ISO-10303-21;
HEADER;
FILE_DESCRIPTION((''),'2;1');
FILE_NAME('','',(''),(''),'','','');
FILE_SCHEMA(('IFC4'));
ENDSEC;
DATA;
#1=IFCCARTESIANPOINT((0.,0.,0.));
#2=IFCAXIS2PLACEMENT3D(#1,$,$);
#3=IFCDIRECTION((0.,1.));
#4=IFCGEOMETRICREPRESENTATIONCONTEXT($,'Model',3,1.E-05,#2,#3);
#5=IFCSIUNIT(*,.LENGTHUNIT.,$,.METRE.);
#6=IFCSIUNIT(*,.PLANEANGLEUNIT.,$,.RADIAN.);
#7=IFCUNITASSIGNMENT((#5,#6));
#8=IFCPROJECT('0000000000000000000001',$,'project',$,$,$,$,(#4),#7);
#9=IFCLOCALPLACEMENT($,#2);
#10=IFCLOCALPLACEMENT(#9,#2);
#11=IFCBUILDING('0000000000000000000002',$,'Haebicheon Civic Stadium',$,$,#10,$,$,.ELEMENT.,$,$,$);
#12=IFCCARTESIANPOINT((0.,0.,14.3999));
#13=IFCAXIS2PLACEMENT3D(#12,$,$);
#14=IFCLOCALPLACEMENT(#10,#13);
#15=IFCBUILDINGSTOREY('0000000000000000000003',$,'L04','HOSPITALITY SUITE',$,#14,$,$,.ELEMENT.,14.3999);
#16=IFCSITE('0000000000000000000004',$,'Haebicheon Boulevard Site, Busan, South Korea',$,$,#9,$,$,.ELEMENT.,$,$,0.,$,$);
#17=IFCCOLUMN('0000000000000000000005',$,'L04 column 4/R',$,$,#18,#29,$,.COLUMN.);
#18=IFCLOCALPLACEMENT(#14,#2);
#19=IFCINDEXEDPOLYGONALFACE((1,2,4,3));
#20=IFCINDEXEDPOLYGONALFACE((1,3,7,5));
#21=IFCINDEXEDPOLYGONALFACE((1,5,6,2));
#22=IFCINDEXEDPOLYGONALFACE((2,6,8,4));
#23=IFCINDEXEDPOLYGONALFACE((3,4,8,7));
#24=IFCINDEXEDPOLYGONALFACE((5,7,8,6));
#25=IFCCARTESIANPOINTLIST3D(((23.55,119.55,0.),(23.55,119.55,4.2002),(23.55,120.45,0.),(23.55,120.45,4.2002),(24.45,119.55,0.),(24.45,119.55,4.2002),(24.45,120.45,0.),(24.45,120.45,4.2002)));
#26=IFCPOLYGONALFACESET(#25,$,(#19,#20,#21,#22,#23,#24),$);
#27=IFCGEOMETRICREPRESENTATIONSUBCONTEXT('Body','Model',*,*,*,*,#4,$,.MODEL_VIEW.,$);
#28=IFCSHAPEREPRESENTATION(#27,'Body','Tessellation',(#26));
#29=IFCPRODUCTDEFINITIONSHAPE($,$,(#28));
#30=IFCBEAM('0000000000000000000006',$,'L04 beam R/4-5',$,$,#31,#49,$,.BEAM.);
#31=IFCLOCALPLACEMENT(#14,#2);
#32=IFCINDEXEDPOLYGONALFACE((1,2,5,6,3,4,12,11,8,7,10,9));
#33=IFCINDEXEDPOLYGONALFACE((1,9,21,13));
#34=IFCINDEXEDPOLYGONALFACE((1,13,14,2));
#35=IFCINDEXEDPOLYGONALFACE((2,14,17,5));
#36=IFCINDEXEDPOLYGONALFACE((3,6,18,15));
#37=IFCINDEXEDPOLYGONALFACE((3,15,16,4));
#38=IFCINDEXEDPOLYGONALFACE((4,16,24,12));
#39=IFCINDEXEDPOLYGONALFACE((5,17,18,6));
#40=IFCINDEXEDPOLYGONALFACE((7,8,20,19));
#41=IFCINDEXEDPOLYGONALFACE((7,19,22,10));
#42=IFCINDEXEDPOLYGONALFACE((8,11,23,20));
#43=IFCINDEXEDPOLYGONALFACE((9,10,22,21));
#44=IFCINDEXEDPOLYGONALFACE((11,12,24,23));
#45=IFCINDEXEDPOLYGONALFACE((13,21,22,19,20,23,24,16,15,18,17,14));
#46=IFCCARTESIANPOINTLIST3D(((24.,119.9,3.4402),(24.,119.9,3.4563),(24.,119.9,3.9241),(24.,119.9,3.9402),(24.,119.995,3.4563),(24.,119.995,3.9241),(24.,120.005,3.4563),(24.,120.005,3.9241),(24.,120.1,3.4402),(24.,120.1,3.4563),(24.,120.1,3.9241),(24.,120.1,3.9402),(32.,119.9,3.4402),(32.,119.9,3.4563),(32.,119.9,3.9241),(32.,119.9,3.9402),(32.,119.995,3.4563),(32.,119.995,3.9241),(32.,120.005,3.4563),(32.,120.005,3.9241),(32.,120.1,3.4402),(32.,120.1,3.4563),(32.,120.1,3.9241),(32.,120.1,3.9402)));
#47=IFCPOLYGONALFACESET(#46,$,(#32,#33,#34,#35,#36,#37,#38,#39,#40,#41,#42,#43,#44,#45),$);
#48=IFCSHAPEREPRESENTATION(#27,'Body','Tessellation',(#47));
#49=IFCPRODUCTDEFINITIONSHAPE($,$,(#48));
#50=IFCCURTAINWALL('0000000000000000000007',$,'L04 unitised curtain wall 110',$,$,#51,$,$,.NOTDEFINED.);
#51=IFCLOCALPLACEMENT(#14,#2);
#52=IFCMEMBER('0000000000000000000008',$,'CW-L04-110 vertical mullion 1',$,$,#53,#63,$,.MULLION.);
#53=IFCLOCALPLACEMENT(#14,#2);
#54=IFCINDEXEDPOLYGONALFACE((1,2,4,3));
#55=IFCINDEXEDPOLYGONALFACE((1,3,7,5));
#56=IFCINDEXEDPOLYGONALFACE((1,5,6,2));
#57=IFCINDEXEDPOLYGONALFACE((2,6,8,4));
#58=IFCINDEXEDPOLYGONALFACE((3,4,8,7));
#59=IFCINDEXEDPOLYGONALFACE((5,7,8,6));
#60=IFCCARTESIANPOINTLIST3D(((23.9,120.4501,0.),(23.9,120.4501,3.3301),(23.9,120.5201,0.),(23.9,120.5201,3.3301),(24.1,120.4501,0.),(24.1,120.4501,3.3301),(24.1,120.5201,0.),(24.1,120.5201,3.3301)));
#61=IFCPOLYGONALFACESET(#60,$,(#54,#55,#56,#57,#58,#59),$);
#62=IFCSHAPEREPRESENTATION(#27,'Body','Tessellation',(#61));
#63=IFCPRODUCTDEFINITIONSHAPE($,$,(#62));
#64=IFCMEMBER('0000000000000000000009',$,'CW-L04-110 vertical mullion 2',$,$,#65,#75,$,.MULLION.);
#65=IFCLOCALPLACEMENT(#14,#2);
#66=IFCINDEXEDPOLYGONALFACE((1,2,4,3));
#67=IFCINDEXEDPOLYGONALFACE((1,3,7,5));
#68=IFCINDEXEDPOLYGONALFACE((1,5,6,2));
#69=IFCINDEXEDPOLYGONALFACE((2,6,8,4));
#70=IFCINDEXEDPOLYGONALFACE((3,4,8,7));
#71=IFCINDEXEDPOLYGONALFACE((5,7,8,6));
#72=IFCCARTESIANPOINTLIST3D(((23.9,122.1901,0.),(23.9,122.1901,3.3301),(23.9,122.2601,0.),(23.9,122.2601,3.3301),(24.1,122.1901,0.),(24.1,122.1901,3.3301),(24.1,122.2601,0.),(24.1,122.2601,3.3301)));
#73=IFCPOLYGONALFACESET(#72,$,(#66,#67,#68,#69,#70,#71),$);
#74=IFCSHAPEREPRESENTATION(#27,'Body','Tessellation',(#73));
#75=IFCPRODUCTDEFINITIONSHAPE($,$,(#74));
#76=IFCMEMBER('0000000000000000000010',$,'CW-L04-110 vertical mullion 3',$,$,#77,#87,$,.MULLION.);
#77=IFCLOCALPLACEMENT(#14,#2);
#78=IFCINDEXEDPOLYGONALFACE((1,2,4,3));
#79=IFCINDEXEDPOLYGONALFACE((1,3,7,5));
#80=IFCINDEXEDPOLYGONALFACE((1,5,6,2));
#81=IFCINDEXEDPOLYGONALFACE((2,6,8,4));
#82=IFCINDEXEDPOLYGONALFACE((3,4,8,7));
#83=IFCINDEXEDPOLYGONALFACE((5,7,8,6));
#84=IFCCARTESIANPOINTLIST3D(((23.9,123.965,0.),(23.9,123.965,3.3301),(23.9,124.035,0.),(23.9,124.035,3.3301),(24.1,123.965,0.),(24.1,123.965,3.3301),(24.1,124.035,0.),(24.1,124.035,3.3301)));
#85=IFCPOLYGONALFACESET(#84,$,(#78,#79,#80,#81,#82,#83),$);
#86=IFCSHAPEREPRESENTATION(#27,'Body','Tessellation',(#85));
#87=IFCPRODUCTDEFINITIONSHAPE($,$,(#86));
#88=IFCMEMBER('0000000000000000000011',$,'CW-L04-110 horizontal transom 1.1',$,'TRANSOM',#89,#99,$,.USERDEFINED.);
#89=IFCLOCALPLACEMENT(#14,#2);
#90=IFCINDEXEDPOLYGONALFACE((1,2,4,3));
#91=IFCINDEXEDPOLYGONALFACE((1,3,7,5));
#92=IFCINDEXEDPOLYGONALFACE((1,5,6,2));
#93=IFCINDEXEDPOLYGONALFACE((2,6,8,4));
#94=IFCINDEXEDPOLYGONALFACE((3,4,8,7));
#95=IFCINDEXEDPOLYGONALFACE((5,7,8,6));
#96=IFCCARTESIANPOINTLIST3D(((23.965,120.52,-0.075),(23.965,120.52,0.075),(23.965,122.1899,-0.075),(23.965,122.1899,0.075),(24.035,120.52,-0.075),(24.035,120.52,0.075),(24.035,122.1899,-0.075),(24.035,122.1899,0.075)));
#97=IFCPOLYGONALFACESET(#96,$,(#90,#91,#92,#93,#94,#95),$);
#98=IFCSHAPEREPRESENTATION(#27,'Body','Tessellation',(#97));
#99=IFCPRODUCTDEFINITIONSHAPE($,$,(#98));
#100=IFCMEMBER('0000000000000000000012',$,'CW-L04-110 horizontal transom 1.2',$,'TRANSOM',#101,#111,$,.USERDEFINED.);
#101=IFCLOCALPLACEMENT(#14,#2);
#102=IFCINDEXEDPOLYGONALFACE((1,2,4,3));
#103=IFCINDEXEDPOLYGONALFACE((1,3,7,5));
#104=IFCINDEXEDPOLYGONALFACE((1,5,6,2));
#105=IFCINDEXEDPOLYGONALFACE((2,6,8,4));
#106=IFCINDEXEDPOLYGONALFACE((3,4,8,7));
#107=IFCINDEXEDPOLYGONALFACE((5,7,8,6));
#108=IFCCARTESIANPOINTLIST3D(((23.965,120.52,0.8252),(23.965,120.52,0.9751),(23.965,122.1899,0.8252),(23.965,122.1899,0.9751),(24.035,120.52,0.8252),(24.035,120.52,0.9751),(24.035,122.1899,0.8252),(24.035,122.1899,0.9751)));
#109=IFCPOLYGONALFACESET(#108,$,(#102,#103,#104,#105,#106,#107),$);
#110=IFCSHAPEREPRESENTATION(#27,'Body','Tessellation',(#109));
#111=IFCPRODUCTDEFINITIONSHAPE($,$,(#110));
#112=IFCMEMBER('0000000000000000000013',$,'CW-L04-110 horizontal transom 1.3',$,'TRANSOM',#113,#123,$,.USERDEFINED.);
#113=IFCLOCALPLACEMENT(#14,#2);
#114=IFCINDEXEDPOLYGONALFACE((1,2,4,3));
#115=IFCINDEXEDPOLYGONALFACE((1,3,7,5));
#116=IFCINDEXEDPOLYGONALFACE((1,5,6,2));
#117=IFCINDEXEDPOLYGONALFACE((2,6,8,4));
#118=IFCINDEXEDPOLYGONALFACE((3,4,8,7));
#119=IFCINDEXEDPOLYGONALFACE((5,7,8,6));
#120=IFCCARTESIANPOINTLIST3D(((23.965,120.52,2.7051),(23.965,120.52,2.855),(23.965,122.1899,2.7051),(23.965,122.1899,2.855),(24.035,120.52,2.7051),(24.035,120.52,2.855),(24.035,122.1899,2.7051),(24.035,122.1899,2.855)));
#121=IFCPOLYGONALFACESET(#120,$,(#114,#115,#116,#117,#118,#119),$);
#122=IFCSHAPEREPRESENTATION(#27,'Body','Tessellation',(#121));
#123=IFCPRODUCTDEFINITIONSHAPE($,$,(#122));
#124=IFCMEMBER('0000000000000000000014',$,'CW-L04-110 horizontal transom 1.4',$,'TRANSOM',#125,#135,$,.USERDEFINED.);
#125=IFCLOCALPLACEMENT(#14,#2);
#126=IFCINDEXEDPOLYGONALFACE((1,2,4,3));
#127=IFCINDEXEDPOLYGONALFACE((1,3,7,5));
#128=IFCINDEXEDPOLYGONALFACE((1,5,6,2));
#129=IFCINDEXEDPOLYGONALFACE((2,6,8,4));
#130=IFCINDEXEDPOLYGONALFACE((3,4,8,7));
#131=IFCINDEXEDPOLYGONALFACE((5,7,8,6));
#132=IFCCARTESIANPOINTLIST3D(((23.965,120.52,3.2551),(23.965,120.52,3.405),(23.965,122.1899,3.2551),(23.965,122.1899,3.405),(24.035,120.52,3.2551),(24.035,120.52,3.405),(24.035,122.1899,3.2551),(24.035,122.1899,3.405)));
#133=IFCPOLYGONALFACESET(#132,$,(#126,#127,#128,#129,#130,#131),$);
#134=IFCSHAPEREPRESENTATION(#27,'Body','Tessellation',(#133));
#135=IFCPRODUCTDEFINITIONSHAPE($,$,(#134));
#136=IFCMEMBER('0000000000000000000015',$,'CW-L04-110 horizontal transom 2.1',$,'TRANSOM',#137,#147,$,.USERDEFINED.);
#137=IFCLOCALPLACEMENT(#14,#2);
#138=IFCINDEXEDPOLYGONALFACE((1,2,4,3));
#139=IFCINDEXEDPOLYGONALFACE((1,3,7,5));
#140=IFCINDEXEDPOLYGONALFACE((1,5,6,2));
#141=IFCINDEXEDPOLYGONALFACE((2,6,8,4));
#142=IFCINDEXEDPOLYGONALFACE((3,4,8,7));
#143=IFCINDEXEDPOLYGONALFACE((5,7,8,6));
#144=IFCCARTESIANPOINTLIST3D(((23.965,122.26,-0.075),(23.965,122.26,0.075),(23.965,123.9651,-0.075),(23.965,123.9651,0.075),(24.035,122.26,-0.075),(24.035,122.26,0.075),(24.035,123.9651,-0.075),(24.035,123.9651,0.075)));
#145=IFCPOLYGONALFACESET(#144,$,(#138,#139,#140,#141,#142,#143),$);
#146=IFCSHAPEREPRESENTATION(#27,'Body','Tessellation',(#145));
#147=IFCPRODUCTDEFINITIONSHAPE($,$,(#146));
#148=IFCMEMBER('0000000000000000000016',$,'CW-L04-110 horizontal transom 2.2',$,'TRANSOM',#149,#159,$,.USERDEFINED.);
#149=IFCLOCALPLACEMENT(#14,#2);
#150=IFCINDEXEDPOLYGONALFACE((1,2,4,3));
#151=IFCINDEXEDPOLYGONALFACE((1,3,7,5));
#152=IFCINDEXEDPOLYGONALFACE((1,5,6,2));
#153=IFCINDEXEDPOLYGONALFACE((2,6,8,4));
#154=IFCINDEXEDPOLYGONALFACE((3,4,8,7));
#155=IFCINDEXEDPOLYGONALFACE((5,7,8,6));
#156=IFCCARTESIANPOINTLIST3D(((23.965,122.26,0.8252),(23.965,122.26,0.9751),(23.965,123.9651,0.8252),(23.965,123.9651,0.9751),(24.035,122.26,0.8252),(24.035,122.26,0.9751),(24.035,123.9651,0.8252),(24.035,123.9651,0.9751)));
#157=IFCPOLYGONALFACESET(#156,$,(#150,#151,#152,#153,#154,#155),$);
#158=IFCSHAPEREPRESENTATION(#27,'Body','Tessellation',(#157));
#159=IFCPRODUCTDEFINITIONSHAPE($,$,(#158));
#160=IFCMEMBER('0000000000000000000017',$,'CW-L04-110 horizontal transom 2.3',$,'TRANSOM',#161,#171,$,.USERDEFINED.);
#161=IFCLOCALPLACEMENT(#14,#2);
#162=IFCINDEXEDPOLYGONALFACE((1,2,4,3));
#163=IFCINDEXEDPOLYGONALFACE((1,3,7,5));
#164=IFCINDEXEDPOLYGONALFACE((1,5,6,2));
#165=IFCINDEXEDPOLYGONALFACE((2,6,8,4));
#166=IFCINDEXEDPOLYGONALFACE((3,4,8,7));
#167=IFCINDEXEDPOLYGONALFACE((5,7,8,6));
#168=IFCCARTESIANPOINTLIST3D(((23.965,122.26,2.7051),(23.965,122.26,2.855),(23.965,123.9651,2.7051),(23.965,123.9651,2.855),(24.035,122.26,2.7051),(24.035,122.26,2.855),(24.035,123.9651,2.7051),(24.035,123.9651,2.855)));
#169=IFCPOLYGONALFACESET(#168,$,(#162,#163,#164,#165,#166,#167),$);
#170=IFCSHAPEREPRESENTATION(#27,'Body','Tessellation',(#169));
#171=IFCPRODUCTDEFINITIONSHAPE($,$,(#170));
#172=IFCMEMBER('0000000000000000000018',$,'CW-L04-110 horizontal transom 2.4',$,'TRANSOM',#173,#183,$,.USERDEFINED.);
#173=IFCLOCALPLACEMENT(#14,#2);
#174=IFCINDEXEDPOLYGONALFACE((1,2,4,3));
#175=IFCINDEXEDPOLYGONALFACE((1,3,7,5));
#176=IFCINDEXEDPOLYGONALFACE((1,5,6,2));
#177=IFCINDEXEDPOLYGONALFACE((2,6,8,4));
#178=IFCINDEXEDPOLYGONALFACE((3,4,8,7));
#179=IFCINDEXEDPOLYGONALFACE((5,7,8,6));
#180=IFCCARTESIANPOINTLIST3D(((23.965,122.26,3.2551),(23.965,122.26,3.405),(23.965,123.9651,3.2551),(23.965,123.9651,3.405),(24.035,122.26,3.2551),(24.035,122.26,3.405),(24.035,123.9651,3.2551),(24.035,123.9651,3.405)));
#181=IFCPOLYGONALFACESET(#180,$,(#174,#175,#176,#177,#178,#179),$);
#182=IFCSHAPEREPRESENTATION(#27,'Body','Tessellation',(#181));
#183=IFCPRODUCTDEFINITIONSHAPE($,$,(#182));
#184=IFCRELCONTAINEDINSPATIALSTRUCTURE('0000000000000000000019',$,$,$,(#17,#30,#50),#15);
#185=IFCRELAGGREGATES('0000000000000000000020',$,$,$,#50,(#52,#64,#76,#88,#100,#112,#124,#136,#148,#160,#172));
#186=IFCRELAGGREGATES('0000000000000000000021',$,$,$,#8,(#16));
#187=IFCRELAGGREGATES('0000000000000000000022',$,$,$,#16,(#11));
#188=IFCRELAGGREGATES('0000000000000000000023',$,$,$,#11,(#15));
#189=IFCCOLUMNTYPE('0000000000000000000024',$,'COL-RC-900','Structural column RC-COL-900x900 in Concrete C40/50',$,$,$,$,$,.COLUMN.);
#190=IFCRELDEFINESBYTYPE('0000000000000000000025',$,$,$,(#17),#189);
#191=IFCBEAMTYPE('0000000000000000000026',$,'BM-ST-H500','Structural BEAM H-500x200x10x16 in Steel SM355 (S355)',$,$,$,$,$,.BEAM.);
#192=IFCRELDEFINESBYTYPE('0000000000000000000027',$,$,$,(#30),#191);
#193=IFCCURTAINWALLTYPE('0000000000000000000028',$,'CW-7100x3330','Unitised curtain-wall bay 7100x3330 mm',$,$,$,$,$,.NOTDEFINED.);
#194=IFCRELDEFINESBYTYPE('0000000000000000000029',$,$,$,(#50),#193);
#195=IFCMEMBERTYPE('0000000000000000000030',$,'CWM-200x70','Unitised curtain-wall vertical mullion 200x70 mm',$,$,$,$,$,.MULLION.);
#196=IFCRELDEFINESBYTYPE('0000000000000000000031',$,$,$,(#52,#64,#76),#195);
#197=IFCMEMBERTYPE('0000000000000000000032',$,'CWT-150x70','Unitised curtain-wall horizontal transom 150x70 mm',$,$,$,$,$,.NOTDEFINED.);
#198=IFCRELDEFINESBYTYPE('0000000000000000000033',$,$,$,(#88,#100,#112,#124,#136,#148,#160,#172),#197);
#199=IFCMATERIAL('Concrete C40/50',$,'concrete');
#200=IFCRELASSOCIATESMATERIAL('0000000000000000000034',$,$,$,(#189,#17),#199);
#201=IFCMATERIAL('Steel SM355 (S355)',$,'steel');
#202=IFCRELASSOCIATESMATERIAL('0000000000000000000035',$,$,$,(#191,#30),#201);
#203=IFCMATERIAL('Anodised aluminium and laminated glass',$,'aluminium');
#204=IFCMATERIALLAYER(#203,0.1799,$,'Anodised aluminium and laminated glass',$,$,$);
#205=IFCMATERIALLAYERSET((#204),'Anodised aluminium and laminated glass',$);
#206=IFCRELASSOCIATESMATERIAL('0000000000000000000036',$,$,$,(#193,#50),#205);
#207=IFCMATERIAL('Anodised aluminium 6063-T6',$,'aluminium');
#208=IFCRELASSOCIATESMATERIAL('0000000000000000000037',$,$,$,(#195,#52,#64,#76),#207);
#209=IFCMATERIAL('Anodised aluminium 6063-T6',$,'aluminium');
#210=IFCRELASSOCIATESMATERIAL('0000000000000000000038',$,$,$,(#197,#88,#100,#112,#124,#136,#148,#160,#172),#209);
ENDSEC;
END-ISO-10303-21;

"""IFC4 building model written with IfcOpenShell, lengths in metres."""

from ifc_helpers import new_model, si_unit, direction, frame, origin, origin_2d, place, context, subcontext, project, spatial, rectangle, i_section, extrude, material, layer, layer_set, material_profile, profile_set, type_object, element, aggregate, save


model = new_model("IFC4")

# Units and contexts
model_context = context("Model", 3, precision=1e-05, world=origin(), true_north=direction((0.0, 1.0)))
body_context = subcontext(model_context, "Body", "Model", "MODEL_VIEW")
ifc_project = project(units=[si_unit("LENGTHUNIT", "METRE"), si_unit("PLANEANGLEUNIT", "RADIAN")], contexts=[model_context])

# Site, building, storey
site_placement = place(None, origin())
site = spatial("IfcSite", under=ifc_project, at=site_placement, Name="Haebicheon Boulevard Site, Busan, South Korea", CompositionType="ELEMENT", RefElevation=0.0)
building_placement = place(site_placement, origin())
building = spatial("IfcBuilding", under=site, at=building_placement, Name="Haebicheon Civic Stadium", CompositionType="ELEMENT")
storey_placement = place(building_placement, frame((0.0, 0.0, 14.3999)))
storey = spatial("IfcBuildingStorey", under=building, at=storey_placement, Name="L04", Description="HOSPITALITY SUITE", CompositionType="ELEMENT", Elevation=14.3999)

# Column
ifc_material_1 = material(Name="Concrete C40/50", Category="concrete")
ifc_material_profile_1 = material_profile(ifc_material_1, rectangle(XDim=0.8999, YDim=0.8999, at=origin_2d()), Name="RC-COL-900x900")
ifc_profile_set_1 = profile_set([ifc_material_profile_1], Name="Concrete C40/50")
column_type = type_object("IfcColumnType", Name="COL-RC-900", Description="Structural column RC-COL-900x900 in Concrete C40/50", PredefinedType="COLUMN", material=ifc_profile_set_1)
column_placement = place(storey_placement, frame((24.0, 120.0, 0.0), z_axis=(0.0, 0.0, 1.0), x_axis=(1.0, 0.0, 0.0)))
element("IfcColumn", 1, at=column_placement, inside=storey, type_object=column_type, material=ifc_profile_set_1, Name="L04 column 4/R", PredefinedType="COLUMN", context=body_context, shape_type="SweptSolid", body=[
    extrude(rectangle(XDim=0.8999, YDim=0.8999, at=origin_2d()), origin(), (0.0, 0.0, 1.0), 4.2002),
])

# Beam
ifc_material_2 = material(Name="Steel SM355 (S355)", Category="steel")
ifc_material_profile_2 = material_profile(ifc_material_2, i_section(OverallWidth=0.2, OverallDepth=0.5, WebThickness=0.01, FlangeThickness=0.0161, at=origin_2d()), Name="H-500x200x10x16")
ifc_profile_set_2 = profile_set([ifc_material_profile_2], Name="Steel SM355 (S355)")
beam_type_1 = type_object("IfcBeamType", Name="BM-ST-H500", Description="Structural BEAM H-500x200x10x16 in Steel SM355 (S355)", PredefinedType="BEAM", material=ifc_profile_set_2)
beam_1_placement = place(storey_placement, frame((24.0, 120.0, 3.6902), z_axis=(1.0, 0.0, 0.0), x_axis=(0.0, 1.0, 0.0)))
element("IfcBeam", 2, at=beam_1_placement, inside=storey, type_object=beam_type_1, material=ifc_profile_set_2, Name="L04 beam R/4-5", PredefinedType="BEAM", context=body_context, shape_type="SweptSolid", body=[
    extrude(i_section(OverallWidth=0.2, OverallDepth=0.5, WebThickness=0.01, FlangeThickness=0.0161, at=origin_2d()), origin(), (0.0, 0.0, 1.0), 8.0),
])

# Curtain wall, members
ifc_material_3 = material(Name="Anodised aluminium and laminated glass", Category="aluminium")
ifc_layer_1 = layer(ifc_material_3, 0.1799, Name="Anodised aluminium and laminated glass")
ifc_layer_set_1 = layer_set([ifc_layer_1], Name="Anodised aluminium and laminated glass")
curtain_wall_type = type_object("IfcCurtainWallType", Name="CW-7100x3330", Description="Unitised curtain-wall bay 7100x3330 mm", PredefinedType="NOTDEFINED", material=ifc_layer_set_1)
curtain_wall_placement = place(storey_placement, origin())
curtain_wall = element("IfcCurtainWall", 3, at=curtain_wall_placement, inside=storey, type_object=curtain_wall_type, material=ifc_layer_set_1, Name="L04 unitised curtain wall 110", PredefinedType="NOTDEFINED")
ifc_material_4 = material(Name="Anodised aluminium 6063-T6", Category="aluminium")
ifc_material_profile_3 = material_profile(ifc_material_4, rectangle(XDim=0.0701, YDim=0.2, at=origin_2d()), Name="ALU-MULL-70x200")
ifc_profile_set_3 = profile_set([ifc_material_profile_3], Name="Anodised aluminium 6063-T6")
member_type_1 = type_object("IfcMemberType", Name="CWM-200x70", Description="Unitised curtain-wall vertical mullion 200x70 mm", PredefinedType="MULLION", material=ifc_profile_set_3)
member_1_placement = place(storey_placement, frame((24.0, 120.4851, 0.0), z_axis=(0.0, 0.0, 1.0), x_axis=(0.0, 1.0, 0.0)))
member_1 = element("IfcMember", 4, at=member_1_placement, type_object=member_type_1, material=ifc_profile_set_3, Name="CW-L04-110 vertical mullion 1", PredefinedType="MULLION", context=body_context, shape_type="SweptSolid", body=[
    extrude(rectangle(XDim=0.0701, YDim=0.2, at=origin_2d()), origin(), (0.0, 0.0, 1.0), 3.3301),
])
member_2_placement = place(storey_placement, frame((24.0, 122.2251, 0.0), z_axis=(0.0, 0.0, 1.0), x_axis=(0.0, 1.0, 0.0)))
member_2 = element("IfcMember", 5, at=member_2_placement, type_object=member_type_1, material=ifc_profile_set_3, Name="CW-L04-110 vertical mullion 2", PredefinedType="MULLION", context=body_context, shape_type="SweptSolid", body=[
    extrude(rectangle(XDim=0.0701, YDim=0.2, at=origin_2d()), origin(), (0.0, 0.0, 1.0), 3.3301),
])
member_3_placement = place(storey_placement, frame((24.0, 124.0, 0.0), z_axis=(0.0, 0.0, 1.0), x_axis=(0.0, 1.0, 0.0)))
member_3 = element("IfcMember", 6, at=member_3_placement, type_object=member_type_1, material=ifc_profile_set_3, Name="CW-L04-110 vertical mullion 3", PredefinedType="MULLION", context=body_context, shape_type="SweptSolid", body=[
    extrude(rectangle(XDim=0.0701, YDim=0.2, at=origin_2d()), origin(), (0.0, 0.0, 1.0), 3.3301),
])
ifc_material_5 = material(Name="Anodised aluminium 6063-T6", Category="aluminium")
ifc_material_profile_4 = material_profile(ifc_material_5, rectangle(XDim=0.0701, YDim=0.1499, at=origin_2d()), Name="ALU-TRAN-70x150")
ifc_profile_set_4 = profile_set([ifc_material_profile_4], Name="Anodised aluminium 6063-T6")
member_type_2 = type_object("IfcMemberType", Name="CWT-150x70", Description="Unitised curtain-wall horizontal transom 150x70 mm", PredefinedType="NOTDEFINED", material=ifc_profile_set_4)
member_4_placement = place(storey_placement, frame((24.0, 120.52, 0.0), z_axis=(0.0, 1.0, 0.0), x_axis=(-1.0, 0.0, 0.0)))
member_4 = element("IfcMember", 7, at=member_4_placement, type_object=member_type_2, material=ifc_profile_set_4, Name="CW-L04-110 horizontal transom 1.1", ObjectType="TRANSOM", PredefinedType="USERDEFINED", context=body_context, shape_type="SweptSolid", body=[
    extrude(rectangle(XDim=0.0701, YDim=0.1499, at=origin_2d()), origin(), (0.0, 0.0, 1.0), 1.6699),
])
member_5_placement = place(storey_placement, frame((24.0, 120.52, 0.9001), z_axis=(0.0, 1.0, 0.0), x_axis=(-1.0, 0.0, 0.0)))
member_5 = element("IfcMember", 8, at=member_5_placement, type_object=member_type_2, material=ifc_profile_set_4, Name="CW-L04-110 horizontal transom 1.2", ObjectType="TRANSOM", PredefinedType="USERDEFINED", context=body_context, shape_type="SweptSolid", body=[
    extrude(rectangle(XDim=0.0701, YDim=0.1499, at=origin_2d()), origin(), (0.0, 0.0, 1.0), 1.6699),
])
member_6_placement = place(storey_placement, frame((24.0, 120.52, 2.78), z_axis=(0.0, 1.0, 0.0), x_axis=(-1.0, 0.0, 0.0)))
member_6 = element("IfcMember", 9, at=member_6_placement, type_object=member_type_2, material=ifc_profile_set_4, Name="CW-L04-110 horizontal transom 1.3", ObjectType="TRANSOM", PredefinedType="USERDEFINED", context=body_context, shape_type="SweptSolid", body=[
    extrude(rectangle(XDim=0.0701, YDim=0.1499, at=origin_2d()), origin(), (0.0, 0.0, 1.0), 1.6699),
])
member_7_placement = place(storey_placement, frame((24.0, 120.52, 3.3301), z_axis=(0.0, 1.0, 0.0), x_axis=(-1.0, 0.0, 0.0)))
member_7 = element("IfcMember", 10, at=member_7_placement, type_object=member_type_2, material=ifc_profile_set_4, Name="CW-L04-110 horizontal transom 1.4", ObjectType="TRANSOM", PredefinedType="USERDEFINED", context=body_context, shape_type="SweptSolid", body=[
    extrude(rectangle(XDim=0.0701, YDim=0.1499, at=origin_2d()), origin(), (0.0, 0.0, 1.0), 1.6699),
])
member_8_placement = place(storey_placement, frame((24.0, 122.26, 0.0), z_axis=(0.0, 1.0, 0.0), x_axis=(-1.0, 0.0, 0.0)))
member_8 = element("IfcMember", 11, at=member_8_placement, type_object=member_type_2, material=ifc_profile_set_4, Name="CW-L04-110 horizontal transom 2.1", ObjectType="TRANSOM", PredefinedType="USERDEFINED", context=body_context, shape_type="SweptSolid", body=[
    extrude(rectangle(XDim=0.0701, YDim=0.1499, at=origin_2d()), origin(), (0.0, 0.0, 1.0), 1.7051),
])
member_9_placement = place(storey_placement, frame((24.0, 122.26, 0.9001), z_axis=(0.0, 1.0, 0.0), x_axis=(-1.0, 0.0, 0.0)))
member_9 = element("IfcMember", 12, at=member_9_placement, type_object=member_type_2, material=ifc_profile_set_4, Name="CW-L04-110 horizontal transom 2.2", ObjectType="TRANSOM", PredefinedType="USERDEFINED", context=body_context, shape_type="SweptSolid", body=[
    extrude(rectangle(XDim=0.0701, YDim=0.1499, at=origin_2d()), origin(), (0.0, 0.0, 1.0), 1.7051),
])
member_10_placement = place(storey_placement, frame((24.0, 122.26, 2.78), z_axis=(0.0, 1.0, 0.0), x_axis=(-1.0, 0.0, 0.0)))
member_10 = element("IfcMember", 13, at=member_10_placement, type_object=member_type_2, material=ifc_profile_set_4, Name="CW-L04-110 horizontal transom 2.3", ObjectType="TRANSOM", PredefinedType="USERDEFINED", context=body_context, shape_type="SweptSolid", body=[
    extrude(rectangle(XDim=0.0701, YDim=0.1499, at=origin_2d()), origin(), (0.0, 0.0, 1.0), 1.7051),
])
member_11_placement = place(storey_placement, frame((24.0, 122.26, 3.3301), z_axis=(0.0, 1.0, 0.0), x_axis=(-1.0, 0.0, 0.0)))
member_11 = element("IfcMember", 14, at=member_11_placement, type_object=member_type_2, material=ifc_profile_set_4, Name="CW-L04-110 horizontal transom 2.4", ObjectType="TRANSOM", PredefinedType="USERDEFINED", context=body_context, shape_type="SweptSolid", body=[
    extrude(rectangle(XDim=0.0701, YDim=0.1499, at=origin_2d()), origin(), (0.0, 0.0, 1.0), 1.7051),
])

aggregate(curtain_wall, [member_1, member_2, member_3, member_4, member_5, member_6, member_7, member_8, member_9, member_10, member_11])

save(model, "model.ifc")
